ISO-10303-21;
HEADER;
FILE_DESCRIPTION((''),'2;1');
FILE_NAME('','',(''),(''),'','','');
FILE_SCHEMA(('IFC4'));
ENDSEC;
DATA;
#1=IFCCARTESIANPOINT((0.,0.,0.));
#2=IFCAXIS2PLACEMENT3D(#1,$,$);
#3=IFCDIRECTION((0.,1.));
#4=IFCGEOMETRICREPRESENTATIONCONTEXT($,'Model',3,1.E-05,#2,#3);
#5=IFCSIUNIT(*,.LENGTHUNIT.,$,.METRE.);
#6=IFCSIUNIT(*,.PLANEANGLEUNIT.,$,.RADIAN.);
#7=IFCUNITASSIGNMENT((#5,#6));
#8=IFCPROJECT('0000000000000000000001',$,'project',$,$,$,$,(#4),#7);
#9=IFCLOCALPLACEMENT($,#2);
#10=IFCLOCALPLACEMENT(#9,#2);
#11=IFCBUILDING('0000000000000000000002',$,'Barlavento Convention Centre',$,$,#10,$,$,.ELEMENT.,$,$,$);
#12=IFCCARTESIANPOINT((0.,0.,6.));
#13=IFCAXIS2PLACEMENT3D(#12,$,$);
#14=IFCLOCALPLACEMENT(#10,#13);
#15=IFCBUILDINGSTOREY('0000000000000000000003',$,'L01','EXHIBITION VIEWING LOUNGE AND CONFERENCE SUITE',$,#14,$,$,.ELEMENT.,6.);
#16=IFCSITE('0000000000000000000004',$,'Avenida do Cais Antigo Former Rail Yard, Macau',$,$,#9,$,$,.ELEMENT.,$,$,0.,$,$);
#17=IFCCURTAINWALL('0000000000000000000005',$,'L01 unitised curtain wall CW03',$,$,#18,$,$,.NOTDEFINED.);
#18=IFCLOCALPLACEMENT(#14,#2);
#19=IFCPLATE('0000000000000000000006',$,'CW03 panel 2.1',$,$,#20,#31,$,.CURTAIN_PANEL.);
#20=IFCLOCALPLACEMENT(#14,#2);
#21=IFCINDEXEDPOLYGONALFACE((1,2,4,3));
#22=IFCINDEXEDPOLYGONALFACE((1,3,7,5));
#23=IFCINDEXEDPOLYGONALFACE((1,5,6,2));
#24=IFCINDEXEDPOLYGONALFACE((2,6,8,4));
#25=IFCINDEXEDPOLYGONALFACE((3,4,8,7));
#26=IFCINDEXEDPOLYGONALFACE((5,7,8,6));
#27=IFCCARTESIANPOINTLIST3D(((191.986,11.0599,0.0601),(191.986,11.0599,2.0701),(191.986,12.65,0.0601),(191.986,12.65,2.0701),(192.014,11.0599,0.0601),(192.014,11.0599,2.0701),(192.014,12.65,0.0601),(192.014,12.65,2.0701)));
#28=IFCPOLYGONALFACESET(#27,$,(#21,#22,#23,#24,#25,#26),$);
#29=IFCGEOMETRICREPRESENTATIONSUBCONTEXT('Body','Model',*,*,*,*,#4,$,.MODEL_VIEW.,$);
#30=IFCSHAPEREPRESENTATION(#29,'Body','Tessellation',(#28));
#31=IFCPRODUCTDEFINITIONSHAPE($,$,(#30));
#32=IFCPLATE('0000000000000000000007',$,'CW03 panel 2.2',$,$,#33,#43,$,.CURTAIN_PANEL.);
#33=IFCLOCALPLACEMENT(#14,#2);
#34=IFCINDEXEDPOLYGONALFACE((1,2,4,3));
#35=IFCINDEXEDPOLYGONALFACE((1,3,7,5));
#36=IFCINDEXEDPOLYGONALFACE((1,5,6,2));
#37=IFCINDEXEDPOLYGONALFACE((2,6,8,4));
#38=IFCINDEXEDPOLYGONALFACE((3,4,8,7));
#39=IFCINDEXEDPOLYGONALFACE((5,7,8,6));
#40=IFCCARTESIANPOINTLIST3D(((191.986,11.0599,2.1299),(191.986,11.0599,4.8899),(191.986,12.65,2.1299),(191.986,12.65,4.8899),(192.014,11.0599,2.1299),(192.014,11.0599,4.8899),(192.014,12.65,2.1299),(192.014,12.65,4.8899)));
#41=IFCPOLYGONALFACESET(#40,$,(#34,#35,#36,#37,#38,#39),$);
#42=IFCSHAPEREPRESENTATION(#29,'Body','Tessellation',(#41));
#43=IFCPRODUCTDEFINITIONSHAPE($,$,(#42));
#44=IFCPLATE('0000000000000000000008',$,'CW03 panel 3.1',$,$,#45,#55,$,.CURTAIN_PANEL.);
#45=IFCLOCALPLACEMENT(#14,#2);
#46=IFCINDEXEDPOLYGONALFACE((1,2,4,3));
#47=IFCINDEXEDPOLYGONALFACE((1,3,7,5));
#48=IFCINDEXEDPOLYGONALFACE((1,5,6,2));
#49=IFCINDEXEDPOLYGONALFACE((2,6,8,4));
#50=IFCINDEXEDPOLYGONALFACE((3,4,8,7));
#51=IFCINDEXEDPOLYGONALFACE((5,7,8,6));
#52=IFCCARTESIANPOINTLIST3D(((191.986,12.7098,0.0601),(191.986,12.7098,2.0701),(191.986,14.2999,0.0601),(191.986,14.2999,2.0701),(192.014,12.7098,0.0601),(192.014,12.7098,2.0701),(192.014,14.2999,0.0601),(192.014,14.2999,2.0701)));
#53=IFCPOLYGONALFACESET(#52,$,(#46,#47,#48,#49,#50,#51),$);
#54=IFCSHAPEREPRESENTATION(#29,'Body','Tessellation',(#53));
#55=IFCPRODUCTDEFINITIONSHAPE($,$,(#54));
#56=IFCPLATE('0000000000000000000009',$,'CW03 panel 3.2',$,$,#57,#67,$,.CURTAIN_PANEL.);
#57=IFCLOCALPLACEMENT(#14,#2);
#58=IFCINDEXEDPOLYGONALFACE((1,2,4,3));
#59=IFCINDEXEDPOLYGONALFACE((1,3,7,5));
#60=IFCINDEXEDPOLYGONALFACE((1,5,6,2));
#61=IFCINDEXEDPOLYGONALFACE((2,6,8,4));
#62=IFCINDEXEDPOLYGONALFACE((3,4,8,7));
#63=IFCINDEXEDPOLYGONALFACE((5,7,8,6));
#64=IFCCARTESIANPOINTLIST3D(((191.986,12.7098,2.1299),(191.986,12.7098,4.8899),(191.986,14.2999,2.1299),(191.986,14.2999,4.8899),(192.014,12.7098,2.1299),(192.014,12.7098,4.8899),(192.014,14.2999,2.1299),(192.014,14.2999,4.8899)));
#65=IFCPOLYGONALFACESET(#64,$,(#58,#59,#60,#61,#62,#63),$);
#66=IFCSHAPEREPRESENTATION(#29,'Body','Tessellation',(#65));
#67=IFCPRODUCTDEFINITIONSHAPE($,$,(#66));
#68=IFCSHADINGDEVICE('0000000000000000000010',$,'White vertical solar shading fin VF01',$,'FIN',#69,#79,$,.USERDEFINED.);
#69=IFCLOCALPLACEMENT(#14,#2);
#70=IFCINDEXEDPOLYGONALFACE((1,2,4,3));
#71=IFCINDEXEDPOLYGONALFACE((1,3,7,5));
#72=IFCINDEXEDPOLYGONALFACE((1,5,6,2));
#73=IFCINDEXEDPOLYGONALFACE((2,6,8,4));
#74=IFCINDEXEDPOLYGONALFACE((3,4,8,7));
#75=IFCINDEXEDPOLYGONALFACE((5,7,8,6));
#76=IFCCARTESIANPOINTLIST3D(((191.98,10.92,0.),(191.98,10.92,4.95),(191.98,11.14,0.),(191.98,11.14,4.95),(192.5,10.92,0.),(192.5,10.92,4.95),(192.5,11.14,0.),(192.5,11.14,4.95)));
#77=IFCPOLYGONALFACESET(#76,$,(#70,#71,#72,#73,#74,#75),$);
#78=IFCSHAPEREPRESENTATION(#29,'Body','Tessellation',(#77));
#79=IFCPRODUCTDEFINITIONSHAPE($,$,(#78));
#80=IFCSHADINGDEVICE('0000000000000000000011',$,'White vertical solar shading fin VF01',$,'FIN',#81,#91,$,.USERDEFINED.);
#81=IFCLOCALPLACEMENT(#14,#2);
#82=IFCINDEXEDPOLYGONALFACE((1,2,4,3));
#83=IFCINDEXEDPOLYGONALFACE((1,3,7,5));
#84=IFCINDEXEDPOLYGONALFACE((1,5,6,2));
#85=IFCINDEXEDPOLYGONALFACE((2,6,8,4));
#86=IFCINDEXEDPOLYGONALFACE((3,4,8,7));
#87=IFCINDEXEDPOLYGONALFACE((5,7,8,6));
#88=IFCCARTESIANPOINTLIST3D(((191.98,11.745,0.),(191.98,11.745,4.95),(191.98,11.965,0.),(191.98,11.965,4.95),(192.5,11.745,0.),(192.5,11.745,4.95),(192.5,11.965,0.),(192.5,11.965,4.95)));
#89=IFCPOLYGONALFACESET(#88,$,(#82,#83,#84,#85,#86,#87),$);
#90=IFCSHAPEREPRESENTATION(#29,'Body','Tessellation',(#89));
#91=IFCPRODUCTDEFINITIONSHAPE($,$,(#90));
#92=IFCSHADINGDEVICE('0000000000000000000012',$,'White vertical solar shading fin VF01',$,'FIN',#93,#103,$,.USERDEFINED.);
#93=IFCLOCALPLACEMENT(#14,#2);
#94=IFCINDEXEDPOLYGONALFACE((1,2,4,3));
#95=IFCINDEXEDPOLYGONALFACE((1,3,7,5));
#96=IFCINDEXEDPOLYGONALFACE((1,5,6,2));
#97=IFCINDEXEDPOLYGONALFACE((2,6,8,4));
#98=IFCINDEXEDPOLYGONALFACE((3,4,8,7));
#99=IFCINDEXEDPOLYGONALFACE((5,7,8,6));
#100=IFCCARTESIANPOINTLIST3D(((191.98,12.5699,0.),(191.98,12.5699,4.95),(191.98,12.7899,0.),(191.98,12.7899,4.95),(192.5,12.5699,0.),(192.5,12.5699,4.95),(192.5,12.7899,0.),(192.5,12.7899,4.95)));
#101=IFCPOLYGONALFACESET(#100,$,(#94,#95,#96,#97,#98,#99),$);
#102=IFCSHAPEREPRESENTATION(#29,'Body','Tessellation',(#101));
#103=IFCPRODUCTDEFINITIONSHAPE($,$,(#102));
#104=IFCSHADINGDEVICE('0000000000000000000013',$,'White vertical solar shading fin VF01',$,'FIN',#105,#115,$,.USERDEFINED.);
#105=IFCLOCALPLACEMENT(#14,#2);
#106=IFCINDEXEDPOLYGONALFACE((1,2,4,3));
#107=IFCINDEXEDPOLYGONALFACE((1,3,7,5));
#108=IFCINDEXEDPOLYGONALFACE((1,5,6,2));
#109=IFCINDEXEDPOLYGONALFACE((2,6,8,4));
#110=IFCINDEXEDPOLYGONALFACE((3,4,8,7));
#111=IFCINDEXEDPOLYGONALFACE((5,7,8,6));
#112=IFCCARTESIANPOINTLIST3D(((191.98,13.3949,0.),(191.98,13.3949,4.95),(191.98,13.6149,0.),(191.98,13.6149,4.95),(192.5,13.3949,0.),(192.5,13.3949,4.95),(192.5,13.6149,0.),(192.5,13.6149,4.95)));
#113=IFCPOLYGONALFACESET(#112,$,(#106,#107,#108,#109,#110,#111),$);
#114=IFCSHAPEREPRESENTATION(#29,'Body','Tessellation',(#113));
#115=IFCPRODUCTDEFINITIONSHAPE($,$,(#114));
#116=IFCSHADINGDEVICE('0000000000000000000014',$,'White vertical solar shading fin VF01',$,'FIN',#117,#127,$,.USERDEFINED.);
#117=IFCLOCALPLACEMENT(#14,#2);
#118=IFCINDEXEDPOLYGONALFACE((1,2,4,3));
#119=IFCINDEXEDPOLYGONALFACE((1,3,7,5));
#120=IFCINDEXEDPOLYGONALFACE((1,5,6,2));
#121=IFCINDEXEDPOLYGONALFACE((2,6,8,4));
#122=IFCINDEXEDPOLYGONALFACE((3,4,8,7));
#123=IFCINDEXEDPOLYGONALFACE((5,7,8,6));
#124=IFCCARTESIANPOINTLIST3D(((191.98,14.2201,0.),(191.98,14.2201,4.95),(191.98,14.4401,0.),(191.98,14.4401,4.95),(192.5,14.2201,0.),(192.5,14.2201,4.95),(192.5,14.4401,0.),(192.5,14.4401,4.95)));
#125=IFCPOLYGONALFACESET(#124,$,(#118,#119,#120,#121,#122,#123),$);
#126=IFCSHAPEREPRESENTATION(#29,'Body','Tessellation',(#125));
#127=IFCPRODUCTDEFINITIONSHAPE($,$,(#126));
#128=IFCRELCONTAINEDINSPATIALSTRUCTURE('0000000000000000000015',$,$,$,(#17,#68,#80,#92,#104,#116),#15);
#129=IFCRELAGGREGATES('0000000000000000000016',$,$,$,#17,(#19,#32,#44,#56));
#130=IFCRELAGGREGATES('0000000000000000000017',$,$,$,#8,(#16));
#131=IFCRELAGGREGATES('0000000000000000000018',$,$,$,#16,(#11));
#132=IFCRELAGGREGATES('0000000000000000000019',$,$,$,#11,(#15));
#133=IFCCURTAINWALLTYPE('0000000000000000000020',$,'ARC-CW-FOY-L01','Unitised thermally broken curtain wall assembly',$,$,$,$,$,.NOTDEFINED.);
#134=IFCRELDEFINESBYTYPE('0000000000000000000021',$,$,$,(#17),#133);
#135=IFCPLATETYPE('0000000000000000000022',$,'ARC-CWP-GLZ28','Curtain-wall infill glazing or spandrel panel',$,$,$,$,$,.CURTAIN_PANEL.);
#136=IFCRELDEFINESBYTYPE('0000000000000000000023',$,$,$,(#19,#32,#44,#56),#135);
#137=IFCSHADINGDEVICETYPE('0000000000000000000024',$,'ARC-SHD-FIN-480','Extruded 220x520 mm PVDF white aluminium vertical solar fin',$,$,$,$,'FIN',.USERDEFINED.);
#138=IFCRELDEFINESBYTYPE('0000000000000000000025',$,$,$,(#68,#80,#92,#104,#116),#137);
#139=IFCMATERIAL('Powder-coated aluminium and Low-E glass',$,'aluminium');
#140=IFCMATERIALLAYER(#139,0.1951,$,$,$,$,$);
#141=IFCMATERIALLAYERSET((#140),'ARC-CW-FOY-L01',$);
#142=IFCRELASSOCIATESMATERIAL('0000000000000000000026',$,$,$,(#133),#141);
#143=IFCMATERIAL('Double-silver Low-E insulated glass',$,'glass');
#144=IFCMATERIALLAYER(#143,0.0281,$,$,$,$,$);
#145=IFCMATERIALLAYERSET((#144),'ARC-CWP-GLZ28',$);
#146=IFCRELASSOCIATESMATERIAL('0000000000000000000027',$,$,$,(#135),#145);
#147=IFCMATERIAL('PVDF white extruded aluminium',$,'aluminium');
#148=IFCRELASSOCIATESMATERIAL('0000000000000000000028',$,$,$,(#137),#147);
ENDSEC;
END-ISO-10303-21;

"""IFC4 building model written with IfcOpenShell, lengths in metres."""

from ifc_helpers import new_model, si_unit, direction, frame, origin, origin_2d, place, context, subcontext, project, spatial, rectangle, extrude, material, layer, layer_set, type_object, element, aggregate, save


model = new_model("IFC4")

# Units and contexts
model_context = context("Model", 3, precision=1e-05, world=origin(), true_north=direction((0.0, 1.0)))
body_context = subcontext(model_context, "Body", "Model", "MODEL_VIEW")
ifc_project = project(units=[si_unit("LENGTHUNIT", "METRE"), si_unit("PLANEANGLEUNIT", "RADIAN")], contexts=[model_context])

# Site, building, storey
site_placement = place(None, origin())
site = spatial("IfcSite", under=ifc_project, at=site_placement, Name="Avenida do Cais Antigo Former Rail Yard, Macau", CompositionType="ELEMENT", RefElevation=0.0)
building_placement = place(site_placement, origin())
building = spatial("IfcBuilding", under=site, at=building_placement, Name="Barlavento Convention Centre", CompositionType="ELEMENT")
storey_placement = place(building_placement, frame((0.0, 0.0, 6.0)))
storey = spatial("IfcBuildingStorey", under=building, at=storey_placement, Name="L01", Description="EXHIBITION VIEWING LOUNGE AND CONFERENCE SUITE", CompositionType="ELEMENT", Elevation=6.0)

# Curtain wall, plates
ifc_material_1 = material(Name="Powder-coated aluminium and Low-E glass", Category="aluminium")
ifc_layer_1 = layer(ifc_material_1, 0.1951)
ifc_layer_set_1 = layer_set([ifc_layer_1], Name="ARC-CW-FOY-L01")
curtain_wall_type = type_object("IfcCurtainWallType", Name="ARC-CW-FOY-L01", Description="Unitised thermally broken curtain wall assembly", PredefinedType="NOTDEFINED", material=ifc_layer_set_1)
curtain_wall_placement = place(storey_placement, origin())
curtain_wall = element("IfcCurtainWall", 1, at=curtain_wall_placement, inside=storey, type_object=curtain_wall_type, Name="L01 unitised curtain wall CW03", PredefinedType="NOTDEFINED")
ifc_material_2 = material(Name="Double-silver Low-E insulated glass", Category="glass")
ifc_layer_2 = layer(ifc_material_2, 0.0281)
ifc_layer_set_2 = layer_set([ifc_layer_2], Name="ARC-CWP-GLZ28")
plate_type = type_object("IfcPlateType", Name="ARC-CWP-GLZ28", Description="Curtain-wall infill glazing or spandrel panel", PredefinedType="CURTAIN_PANEL", material=ifc_layer_set_2)
plate_1_placement = place(storey_placement, frame((192.0, 11.855, 0.0601), z_axis=(0.0, 0.0, 1.0), x_axis=(0.0, 1.0, 0.0)))
plate_1 = element("IfcPlate", 2, at=plate_1_placement, type_object=plate_type, Name="CW03 panel 2.1", PredefinedType="CURTAIN_PANEL", context=body_context, shape_type="SweptSolid", body=[
    extrude(rectangle(XDim=1.5901, YDim=0.0281, at=origin_2d()), origin(), (0.0, 0.0, 1.0), 2.01),
])
plate_2_placement = place(storey_placement, frame((192.0, 11.855, 2.1299), z_axis=(0.0, 0.0, 1.0), x_axis=(0.0, 1.0, 0.0)))
plate_2 = element("IfcPlate", 3, at=plate_2_placement, type_object=plate_type, Name="CW03 panel 2.2", PredefinedType="CURTAIN_PANEL", context=body_context, shape_type="SweptSolid", body=[
    extrude(rectangle(XDim=1.5901, YDim=0.0281, at=origin_2d()), origin(), (0.0, 0.0, 1.0), 2.76),
])
plate_3_placement = place(storey_placement, frame((192.0, 13.5049, 0.0601), z_axis=(0.0, 0.0, 1.0), x_axis=(0.0, 1.0, 0.0)))
plate_3 = element("IfcPlate", 4, at=plate_3_placement, type_object=plate_type, Name="CW03 panel 3.1", PredefinedType="CURTAIN_PANEL", context=body_context, shape_type="SweptSolid", body=[
    extrude(rectangle(XDim=1.5901, YDim=0.0281, at=origin_2d()), origin(), (0.0, 0.0, 1.0), 2.01),
])
plate_4_placement = place(storey_placement, frame((192.0, 13.5049, 2.1299), z_axis=(0.0, 0.0, 1.0), x_axis=(0.0, 1.0, 0.0)))
plate_4 = element("IfcPlate", 5, at=plate_4_placement, type_object=plate_type, Name="CW03 panel 3.2", PredefinedType="CURTAIN_PANEL", context=body_context, shape_type="SweptSolid", body=[
    extrude(rectangle(XDim=1.5901, YDim=0.0281, at=origin_2d()), origin(), (0.0, 0.0, 1.0), 2.76),
])
aggregate(curtain_wall, [plate_1, plate_2, plate_3, plate_4])

# Shading devices
ifc_material_3 = material(Name="PVDF white extruded aluminium", Category="aluminium")
shading_device_type = type_object("IfcShadingDeviceType", Name="ARC-SHD-FIN-480", Description="Extruded 220x520 mm PVDF white aluminium vertical solar fin", ElementType="FIN", PredefinedType="USERDEFINED", material=ifc_material_3)
for number, where, z_axis, x_axis, name in (
    (6, (192.24, 11.03, 0.0), (0.0, 0.0, 1.0), (0.0, 1.0, 0.0), "White vertical solar shading fin VF01"),
    (7, (192.24, 11.855, 0.0), (0.0, 0.0, 1.0), (0.0, 1.0, 0.0), "White vertical solar shading fin VF01"),
    (8, (192.24, 12.6799, 0.0), (0.0, 0.0, 1.0), (0.0, 1.0, 0.0), "White vertical solar shading fin VF01"),
    (9, (192.24, 13.5049, 0.0), (0.0, 0.0, 1.0), (0.0, 1.0, 0.0), "White vertical solar shading fin VF01"),
    (10, (192.24, 14.3301, 0.0), (0.0, 0.0, 1.0), (0.0, 1.0, 0.0), "White vertical solar shading fin VF01"),
):
    element("IfcShadingDevice", number, at=place(storey_placement, frame(where, z_axis=z_axis, x_axis=x_axis)), inside=storey, type_object=shading_device_type, Name=name, ObjectType="FIN", PredefinedType="USERDEFINED", context=body_context, shape_type="SweptSolid", body=[
        extrude(rectangle(XDim=0.22, YDim=0.52, at=origin_2d()), origin(), (0.0, 0.0, 1.0), 4.95),
    ])

save(model, "model.ifc")
